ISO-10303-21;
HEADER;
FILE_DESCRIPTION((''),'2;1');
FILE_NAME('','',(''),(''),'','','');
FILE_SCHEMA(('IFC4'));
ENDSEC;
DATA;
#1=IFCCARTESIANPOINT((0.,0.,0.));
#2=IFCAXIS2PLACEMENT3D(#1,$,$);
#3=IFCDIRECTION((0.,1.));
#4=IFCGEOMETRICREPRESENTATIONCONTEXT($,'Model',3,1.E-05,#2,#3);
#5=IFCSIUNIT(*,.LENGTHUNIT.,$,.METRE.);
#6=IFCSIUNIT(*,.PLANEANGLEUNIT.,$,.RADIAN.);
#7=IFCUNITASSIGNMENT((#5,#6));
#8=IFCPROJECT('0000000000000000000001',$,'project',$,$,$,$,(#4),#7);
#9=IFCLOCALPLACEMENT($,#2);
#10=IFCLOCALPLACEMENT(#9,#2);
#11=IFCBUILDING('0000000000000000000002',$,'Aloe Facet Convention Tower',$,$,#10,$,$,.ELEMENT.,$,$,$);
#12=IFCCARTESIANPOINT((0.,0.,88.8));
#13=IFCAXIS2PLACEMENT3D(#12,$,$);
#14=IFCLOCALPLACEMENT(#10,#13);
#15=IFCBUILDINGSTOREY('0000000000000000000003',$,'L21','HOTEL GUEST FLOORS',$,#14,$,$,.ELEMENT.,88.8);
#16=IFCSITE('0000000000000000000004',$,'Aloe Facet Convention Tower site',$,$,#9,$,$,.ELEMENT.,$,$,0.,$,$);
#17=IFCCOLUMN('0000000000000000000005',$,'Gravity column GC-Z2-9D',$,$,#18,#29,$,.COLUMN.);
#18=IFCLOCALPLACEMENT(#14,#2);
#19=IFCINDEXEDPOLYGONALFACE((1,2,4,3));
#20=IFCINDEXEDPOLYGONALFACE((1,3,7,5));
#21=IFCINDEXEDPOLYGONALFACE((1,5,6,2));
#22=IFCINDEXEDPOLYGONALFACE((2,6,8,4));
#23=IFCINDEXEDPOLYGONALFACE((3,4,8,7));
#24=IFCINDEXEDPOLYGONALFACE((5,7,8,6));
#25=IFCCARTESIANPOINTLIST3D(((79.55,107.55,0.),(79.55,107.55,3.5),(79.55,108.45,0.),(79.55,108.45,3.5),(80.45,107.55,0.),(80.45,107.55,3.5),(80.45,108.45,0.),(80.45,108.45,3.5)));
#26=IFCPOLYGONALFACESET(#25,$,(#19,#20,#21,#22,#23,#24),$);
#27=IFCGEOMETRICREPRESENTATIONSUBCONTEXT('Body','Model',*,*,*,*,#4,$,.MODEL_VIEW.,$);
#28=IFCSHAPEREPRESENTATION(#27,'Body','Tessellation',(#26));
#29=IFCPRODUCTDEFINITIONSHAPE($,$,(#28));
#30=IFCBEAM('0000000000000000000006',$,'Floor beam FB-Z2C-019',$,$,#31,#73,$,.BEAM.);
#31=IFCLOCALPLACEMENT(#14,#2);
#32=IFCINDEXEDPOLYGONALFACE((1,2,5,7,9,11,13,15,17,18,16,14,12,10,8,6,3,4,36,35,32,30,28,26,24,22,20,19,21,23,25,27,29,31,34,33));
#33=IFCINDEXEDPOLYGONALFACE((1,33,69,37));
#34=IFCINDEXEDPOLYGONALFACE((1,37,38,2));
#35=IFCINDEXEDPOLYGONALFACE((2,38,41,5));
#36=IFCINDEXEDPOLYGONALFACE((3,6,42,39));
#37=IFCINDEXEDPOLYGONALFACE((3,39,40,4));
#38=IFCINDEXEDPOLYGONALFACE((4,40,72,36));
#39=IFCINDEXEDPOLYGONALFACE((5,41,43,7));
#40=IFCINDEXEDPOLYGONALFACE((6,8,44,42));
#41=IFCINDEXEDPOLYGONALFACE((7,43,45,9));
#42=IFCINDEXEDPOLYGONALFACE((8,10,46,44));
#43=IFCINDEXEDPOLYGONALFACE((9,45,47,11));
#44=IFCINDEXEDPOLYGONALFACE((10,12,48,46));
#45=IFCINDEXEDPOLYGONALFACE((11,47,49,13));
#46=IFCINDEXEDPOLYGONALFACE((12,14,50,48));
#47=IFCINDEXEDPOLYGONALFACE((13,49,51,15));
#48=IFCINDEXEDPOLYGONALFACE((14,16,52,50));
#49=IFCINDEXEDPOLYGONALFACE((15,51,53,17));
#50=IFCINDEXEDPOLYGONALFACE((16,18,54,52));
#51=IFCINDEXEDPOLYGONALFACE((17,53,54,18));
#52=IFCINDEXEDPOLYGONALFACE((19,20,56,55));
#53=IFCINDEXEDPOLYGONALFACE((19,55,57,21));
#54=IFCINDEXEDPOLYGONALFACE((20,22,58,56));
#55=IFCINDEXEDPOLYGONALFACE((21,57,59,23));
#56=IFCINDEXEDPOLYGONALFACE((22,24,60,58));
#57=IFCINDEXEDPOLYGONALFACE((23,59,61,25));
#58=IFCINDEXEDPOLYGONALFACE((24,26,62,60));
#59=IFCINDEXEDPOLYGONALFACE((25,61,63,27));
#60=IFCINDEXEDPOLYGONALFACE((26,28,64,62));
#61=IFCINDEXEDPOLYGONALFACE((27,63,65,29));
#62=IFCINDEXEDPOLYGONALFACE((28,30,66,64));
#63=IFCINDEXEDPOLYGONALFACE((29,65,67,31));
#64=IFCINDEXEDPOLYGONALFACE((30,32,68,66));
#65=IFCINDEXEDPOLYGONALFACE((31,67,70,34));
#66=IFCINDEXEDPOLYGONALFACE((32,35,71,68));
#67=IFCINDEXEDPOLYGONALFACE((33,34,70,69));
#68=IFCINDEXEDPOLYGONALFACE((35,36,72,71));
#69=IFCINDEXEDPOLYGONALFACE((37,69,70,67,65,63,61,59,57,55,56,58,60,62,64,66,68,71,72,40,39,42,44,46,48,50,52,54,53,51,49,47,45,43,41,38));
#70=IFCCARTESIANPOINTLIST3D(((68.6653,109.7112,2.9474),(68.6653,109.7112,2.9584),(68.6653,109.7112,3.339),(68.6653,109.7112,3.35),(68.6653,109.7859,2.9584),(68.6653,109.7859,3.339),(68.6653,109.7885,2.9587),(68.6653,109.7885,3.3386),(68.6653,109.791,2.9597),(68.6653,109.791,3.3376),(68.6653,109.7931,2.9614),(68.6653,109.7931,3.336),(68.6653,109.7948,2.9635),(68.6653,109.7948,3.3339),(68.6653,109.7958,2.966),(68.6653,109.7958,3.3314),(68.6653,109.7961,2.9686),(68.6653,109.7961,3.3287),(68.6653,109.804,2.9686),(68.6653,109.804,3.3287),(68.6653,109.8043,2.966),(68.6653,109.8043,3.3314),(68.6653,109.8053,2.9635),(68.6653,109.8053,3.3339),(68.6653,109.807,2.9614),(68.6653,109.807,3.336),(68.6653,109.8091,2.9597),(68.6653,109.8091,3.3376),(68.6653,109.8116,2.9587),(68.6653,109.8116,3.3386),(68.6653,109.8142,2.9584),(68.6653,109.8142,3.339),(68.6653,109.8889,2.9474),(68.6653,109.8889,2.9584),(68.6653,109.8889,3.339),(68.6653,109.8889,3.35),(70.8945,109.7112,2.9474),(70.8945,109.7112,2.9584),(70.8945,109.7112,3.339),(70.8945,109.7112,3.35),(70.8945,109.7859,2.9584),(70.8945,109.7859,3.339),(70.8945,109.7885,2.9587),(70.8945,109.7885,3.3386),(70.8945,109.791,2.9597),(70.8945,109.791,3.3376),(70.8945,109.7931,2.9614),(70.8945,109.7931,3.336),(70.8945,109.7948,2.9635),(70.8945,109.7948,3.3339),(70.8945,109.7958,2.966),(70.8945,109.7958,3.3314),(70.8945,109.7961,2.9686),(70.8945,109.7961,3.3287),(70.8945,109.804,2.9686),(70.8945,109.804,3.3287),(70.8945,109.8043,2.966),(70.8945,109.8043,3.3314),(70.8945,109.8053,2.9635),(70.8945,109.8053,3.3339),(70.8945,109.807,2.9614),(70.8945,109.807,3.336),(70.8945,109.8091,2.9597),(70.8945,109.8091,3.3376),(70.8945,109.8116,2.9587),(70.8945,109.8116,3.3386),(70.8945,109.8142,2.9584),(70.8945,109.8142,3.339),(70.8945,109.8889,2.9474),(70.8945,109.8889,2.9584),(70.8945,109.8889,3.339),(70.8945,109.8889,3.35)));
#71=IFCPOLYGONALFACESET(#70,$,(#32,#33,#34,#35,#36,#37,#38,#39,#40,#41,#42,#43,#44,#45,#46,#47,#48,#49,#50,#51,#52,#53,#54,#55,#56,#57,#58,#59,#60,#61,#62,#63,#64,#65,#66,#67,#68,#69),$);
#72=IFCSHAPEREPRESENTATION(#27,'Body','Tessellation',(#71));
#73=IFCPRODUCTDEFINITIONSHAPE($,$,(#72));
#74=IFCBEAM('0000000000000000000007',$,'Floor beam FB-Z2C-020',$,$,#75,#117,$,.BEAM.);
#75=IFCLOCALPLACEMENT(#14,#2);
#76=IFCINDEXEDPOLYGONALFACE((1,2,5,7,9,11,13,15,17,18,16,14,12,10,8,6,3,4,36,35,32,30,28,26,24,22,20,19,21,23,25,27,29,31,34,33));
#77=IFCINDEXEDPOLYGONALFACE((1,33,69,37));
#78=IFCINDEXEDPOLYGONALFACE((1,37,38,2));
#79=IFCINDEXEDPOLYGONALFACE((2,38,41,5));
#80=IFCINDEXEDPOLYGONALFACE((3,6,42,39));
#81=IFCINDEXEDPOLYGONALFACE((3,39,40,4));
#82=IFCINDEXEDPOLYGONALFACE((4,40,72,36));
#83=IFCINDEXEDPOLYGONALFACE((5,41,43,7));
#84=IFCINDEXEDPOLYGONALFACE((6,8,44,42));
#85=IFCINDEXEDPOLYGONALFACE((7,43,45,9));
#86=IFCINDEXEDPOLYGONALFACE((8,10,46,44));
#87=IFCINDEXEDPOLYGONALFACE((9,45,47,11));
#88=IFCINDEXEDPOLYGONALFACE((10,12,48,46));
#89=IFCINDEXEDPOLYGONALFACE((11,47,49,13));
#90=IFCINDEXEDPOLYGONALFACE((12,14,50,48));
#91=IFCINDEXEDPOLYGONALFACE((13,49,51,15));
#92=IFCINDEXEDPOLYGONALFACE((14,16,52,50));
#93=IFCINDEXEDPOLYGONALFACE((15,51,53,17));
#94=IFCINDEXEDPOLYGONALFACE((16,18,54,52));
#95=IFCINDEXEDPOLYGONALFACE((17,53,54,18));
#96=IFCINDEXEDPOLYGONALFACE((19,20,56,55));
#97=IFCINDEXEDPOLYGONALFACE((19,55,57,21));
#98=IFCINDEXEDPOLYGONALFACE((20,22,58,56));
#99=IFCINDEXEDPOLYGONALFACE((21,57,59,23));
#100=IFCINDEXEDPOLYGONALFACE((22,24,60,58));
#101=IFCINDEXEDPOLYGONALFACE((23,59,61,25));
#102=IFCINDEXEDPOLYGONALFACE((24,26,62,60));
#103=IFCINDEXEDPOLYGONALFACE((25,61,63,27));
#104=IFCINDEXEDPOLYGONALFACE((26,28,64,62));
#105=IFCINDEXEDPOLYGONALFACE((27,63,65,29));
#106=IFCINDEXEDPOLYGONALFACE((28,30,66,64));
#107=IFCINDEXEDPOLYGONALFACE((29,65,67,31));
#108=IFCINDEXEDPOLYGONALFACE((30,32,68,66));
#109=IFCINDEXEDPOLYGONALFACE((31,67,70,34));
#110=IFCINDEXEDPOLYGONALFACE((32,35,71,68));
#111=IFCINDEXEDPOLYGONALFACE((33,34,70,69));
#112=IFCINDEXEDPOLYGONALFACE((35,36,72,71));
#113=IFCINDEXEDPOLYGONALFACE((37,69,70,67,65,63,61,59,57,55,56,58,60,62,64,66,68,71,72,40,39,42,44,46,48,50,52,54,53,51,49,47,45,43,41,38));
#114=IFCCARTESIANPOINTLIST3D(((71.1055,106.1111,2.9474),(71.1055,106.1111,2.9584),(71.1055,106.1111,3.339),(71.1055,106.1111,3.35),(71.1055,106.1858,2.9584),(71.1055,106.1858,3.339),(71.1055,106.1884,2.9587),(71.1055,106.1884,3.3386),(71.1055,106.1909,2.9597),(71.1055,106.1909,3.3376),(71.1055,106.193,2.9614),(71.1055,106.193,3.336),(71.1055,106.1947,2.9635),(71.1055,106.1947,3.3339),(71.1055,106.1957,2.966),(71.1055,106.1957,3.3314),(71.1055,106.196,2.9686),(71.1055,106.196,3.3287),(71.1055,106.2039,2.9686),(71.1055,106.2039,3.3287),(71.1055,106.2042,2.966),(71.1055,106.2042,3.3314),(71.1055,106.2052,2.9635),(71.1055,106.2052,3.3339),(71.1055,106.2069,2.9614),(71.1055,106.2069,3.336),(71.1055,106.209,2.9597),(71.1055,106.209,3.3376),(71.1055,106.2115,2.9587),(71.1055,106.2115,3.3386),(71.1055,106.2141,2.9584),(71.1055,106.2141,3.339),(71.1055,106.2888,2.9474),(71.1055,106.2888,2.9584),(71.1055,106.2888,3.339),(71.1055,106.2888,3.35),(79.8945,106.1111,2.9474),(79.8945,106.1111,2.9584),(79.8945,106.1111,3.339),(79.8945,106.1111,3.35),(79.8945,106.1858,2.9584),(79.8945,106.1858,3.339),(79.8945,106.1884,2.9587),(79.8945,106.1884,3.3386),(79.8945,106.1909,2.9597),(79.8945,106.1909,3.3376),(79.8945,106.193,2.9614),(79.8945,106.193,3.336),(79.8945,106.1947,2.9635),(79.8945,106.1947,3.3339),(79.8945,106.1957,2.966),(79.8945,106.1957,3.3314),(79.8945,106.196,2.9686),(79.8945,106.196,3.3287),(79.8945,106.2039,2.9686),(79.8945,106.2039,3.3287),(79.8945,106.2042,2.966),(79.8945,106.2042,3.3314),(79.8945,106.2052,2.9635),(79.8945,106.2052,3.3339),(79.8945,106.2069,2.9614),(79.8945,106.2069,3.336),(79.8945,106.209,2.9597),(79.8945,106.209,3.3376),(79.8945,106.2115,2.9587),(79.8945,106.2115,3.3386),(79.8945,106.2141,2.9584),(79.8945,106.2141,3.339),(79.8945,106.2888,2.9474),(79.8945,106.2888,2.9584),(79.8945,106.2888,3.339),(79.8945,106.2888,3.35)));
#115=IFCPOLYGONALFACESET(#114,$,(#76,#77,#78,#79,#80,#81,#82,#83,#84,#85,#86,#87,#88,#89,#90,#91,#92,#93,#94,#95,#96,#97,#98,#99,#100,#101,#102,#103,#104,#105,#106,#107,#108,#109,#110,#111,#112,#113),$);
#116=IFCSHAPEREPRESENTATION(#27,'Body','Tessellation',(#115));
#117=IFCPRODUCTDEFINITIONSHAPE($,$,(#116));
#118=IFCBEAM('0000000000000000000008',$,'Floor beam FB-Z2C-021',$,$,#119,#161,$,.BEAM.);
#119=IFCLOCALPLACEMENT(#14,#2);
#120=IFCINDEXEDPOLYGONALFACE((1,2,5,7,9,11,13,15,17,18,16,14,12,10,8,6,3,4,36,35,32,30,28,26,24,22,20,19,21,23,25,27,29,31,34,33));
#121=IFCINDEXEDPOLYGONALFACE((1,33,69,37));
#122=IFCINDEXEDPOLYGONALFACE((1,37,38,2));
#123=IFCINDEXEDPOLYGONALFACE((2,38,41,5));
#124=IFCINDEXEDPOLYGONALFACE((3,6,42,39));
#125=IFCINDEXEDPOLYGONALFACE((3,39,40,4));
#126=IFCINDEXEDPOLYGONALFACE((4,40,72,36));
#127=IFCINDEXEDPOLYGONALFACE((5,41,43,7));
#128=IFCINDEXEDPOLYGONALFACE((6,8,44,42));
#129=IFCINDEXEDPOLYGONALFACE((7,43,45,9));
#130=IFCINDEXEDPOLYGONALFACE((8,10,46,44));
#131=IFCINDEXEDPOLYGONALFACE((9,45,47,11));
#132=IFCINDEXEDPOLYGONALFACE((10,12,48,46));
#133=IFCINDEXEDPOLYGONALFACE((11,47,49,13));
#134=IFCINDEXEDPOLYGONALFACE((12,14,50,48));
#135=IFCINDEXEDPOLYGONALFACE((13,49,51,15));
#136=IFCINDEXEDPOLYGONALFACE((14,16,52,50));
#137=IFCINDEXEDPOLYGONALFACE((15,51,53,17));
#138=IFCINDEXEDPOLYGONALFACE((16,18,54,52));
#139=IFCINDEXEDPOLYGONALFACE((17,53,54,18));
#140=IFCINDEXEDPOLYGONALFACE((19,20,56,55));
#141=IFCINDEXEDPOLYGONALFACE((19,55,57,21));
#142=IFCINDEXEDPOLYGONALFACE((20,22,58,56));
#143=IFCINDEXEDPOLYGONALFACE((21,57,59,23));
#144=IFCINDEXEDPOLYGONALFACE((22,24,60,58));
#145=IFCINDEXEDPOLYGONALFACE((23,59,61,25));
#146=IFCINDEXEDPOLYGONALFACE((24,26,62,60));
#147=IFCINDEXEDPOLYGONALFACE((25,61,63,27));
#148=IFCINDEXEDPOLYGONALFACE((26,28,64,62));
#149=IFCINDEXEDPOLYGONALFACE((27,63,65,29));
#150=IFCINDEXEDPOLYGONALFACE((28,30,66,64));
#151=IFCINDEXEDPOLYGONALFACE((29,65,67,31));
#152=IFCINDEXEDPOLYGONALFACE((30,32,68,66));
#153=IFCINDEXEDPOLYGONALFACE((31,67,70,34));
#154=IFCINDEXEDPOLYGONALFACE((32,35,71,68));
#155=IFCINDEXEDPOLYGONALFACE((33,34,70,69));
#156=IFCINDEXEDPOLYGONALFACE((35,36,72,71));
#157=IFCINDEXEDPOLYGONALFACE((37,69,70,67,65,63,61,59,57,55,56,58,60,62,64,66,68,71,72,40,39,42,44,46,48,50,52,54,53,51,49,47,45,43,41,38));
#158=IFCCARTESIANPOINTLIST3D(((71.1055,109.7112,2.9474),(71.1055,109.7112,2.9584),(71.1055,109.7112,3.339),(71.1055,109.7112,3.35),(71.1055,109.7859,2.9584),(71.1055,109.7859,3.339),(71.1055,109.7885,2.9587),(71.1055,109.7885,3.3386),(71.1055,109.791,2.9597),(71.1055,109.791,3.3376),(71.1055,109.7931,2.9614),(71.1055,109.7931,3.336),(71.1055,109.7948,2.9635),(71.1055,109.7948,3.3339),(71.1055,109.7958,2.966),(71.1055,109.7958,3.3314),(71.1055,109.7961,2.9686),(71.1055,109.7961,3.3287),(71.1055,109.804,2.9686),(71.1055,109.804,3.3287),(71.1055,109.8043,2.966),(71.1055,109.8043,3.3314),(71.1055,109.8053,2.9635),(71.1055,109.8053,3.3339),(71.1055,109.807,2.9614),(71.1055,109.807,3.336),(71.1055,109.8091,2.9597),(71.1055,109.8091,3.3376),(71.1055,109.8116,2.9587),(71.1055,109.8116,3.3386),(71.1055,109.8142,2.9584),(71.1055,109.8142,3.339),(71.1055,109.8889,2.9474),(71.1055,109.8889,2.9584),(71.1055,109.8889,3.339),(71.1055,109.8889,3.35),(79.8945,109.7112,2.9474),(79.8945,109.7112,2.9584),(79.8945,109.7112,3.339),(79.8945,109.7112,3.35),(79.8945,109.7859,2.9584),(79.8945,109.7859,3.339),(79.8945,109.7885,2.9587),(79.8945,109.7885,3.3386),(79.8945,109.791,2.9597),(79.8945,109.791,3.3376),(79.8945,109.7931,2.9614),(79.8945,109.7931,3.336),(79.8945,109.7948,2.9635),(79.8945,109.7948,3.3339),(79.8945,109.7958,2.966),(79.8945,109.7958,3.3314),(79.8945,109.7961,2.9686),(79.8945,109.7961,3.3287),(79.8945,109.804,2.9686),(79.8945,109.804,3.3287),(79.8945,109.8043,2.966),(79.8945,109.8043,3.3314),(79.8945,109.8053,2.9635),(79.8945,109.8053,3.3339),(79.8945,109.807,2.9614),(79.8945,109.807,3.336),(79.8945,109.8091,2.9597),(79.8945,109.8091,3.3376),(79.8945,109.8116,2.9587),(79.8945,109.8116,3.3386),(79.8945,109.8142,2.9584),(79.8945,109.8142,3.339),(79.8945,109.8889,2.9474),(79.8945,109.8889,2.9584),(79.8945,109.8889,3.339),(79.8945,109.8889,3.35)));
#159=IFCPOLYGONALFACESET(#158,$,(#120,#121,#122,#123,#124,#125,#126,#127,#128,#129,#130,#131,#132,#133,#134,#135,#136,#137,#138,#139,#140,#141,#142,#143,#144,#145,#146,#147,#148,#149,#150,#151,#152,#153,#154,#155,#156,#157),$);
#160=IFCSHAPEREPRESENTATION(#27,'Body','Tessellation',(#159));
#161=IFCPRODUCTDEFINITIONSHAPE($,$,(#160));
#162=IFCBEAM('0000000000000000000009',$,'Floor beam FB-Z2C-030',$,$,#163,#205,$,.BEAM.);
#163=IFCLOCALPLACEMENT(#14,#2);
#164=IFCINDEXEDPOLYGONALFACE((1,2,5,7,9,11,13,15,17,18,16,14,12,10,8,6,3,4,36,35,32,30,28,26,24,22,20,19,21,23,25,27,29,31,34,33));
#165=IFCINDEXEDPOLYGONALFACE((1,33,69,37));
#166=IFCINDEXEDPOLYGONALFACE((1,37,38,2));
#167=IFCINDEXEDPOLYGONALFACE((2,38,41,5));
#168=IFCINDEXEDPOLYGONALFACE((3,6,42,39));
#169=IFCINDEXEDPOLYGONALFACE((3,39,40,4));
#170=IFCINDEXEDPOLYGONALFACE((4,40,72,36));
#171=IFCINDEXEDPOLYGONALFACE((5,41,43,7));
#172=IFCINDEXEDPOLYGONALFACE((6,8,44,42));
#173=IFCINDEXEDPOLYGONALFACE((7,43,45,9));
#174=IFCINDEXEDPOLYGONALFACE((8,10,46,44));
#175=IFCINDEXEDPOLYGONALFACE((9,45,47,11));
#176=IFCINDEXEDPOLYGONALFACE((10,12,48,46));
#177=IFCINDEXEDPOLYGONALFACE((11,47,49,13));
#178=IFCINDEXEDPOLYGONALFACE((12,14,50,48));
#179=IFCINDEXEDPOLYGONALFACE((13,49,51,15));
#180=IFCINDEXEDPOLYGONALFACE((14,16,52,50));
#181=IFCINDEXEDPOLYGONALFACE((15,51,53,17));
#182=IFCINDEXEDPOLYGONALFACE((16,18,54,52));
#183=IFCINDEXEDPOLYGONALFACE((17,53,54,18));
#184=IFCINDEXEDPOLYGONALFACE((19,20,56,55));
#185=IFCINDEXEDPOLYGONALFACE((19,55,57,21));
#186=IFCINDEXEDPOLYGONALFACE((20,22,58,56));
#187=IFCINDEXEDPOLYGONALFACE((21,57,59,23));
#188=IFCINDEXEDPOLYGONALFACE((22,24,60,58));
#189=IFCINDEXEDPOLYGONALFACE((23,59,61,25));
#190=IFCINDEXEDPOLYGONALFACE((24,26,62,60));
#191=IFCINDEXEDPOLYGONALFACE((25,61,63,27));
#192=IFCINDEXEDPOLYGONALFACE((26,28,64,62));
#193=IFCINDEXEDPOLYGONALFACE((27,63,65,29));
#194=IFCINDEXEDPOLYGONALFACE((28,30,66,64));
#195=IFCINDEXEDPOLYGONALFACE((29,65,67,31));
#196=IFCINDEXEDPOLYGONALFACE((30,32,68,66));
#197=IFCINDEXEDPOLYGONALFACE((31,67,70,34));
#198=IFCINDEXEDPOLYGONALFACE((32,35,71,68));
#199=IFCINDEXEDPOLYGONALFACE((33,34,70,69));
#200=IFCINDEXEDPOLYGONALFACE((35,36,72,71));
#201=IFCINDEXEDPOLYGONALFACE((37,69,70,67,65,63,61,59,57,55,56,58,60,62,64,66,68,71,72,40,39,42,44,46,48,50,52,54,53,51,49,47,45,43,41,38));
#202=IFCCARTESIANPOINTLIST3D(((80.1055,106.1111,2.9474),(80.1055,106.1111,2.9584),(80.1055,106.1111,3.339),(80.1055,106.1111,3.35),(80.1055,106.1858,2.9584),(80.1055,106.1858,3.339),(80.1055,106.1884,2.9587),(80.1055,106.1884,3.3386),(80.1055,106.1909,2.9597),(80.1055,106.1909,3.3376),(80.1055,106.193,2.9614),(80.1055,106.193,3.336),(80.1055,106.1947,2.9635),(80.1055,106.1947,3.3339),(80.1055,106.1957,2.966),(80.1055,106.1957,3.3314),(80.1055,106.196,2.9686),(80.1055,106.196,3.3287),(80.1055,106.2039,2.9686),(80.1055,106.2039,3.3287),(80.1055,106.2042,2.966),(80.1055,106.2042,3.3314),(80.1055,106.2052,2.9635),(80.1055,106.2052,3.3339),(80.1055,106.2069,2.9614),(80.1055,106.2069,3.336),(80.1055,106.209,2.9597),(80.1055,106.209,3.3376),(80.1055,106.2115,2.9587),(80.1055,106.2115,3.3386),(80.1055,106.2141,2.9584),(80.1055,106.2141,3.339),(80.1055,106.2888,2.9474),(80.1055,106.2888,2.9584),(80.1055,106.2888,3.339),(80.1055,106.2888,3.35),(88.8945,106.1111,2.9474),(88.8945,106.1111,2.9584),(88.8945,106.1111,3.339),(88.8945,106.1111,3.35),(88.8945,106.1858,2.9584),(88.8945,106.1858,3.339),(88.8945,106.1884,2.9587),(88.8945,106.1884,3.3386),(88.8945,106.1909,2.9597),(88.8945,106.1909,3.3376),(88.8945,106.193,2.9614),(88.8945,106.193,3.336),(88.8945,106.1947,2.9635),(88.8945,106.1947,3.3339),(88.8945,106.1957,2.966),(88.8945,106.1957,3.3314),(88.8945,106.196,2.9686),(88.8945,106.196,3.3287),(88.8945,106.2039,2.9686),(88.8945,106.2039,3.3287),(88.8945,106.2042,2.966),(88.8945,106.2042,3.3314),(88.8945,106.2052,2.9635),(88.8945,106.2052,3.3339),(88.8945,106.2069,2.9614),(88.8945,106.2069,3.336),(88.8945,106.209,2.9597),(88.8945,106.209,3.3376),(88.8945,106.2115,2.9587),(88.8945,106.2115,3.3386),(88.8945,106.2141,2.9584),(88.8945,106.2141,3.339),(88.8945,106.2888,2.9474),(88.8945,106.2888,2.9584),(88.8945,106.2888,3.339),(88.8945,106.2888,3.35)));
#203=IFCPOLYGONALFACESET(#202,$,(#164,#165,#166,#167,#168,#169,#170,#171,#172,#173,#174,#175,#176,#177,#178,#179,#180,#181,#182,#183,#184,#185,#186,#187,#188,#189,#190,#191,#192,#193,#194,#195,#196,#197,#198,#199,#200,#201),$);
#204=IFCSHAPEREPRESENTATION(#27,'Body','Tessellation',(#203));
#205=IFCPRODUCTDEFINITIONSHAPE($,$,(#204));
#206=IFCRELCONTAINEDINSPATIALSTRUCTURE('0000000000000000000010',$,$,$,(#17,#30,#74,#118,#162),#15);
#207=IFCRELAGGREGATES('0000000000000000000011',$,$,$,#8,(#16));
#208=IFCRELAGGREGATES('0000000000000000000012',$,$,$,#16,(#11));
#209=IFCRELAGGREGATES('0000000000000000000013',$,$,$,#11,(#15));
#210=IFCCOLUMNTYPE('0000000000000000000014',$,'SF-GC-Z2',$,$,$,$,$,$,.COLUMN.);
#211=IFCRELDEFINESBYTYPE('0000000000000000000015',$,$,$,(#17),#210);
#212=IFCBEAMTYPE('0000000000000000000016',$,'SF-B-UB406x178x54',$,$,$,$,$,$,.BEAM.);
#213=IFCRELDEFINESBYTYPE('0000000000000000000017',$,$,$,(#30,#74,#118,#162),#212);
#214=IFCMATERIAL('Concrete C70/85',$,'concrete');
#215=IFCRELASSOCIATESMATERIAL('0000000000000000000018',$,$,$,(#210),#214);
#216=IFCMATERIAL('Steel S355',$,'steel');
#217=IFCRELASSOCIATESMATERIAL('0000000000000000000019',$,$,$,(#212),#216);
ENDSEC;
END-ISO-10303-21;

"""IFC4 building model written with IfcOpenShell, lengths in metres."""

from ifc_helpers import new_model, si_unit, direction, frame, origin, origin_2d, place, context, subcontext, project, spatial, rectangle, i_section, extrude, material, material_profile, profile_set, type_object, element, save


model = new_model("IFC4")

# Units and contexts
model_context = context("Model", 3, precision=1e-05, world=origin(), true_north=direction((0.0, 1.0)))
body_context = subcontext(model_context, "Body", "Model", "MODEL_VIEW")
ifc_project = project(units=[si_unit("LENGTHUNIT", "METRE"), si_unit("PLANEANGLEUNIT", "RADIAN")], contexts=[model_context])

# Site, building, storey
site_placement = place(None, origin())
site = spatial("IfcSite", under=ifc_project, at=site_placement, Name="Aloe Facet Convention Tower site", CompositionType="ELEMENT", RefElevation=0.0)
building_placement = place(site_placement, origin())
building = spatial("IfcBuilding", under=site, at=building_placement, Name="Aloe Facet Convention Tower", CompositionType="ELEMENT")
storey_placement = place(building_placement, frame((0.0, 0.0, 88.8)))
storey = spatial("IfcBuildingStorey", under=building, at=storey_placement, Name="L21", Description="HOTEL GUEST FLOORS", CompositionType="ELEMENT", Elevation=88.8)

# Column
ifc_material_1 = material(Name="Concrete C70/85", Category="concrete")
ifc_material_profile_1 = material_profile(ifc_material_1, rectangle(XDim=0.8999, YDim=0.8999, at=origin_2d()), Name="SF-GC-Z2")
ifc_profile_set_1 = profile_set([ifc_material_profile_1], Name="Concrete C70/85")
column_type = type_object("IfcColumnType", Name="SF-GC-Z2", PredefinedType="COLUMN", material=ifc_profile_set_1)
column_placement = place(storey_placement, frame((80.0, 108.0, 0.0), z_axis=(0.0, 0.0, 1.0), x_axis=(1.0, 0.0, 0.0)))
element("IfcColumn", 1, at=column_placement, inside=storey, type_object=column_type, Name="Gravity column GC-Z2-9D", PredefinedType="COLUMN", context=body_context, shape_type="SweptSolid", body=[
    extrude(rectangle(XDim=0.8999, YDim=0.8999, at=origin_2d()), origin(), (0.0, 0.0, 1.0), 3.5),
])

# Beams
ifc_material_2 = material(Name="Steel S355", Category="steel")
ifc_material_profile_2 = material_profile(ifc_material_2, i_section(OverallWidth=0.1777, OverallDepth=0.4026, WebThickness=0.0078, FlangeThickness=0.011, FilletRadius=0.0103, at=origin_2d()), Name="UB 406x178x54")
ifc_profile_set_2 = profile_set([ifc_material_profile_2], Name="Steel S355")
beam_type_1 = type_object("IfcBeamType", Name="SF-B-UB406x178x54", PredefinedType="BEAM", material=ifc_profile_set_2)
beam_1_placement = place(storey_placement, frame((68.6653, 109.8, 3.1487), z_axis=(1.0, 0.0, 0.0), x_axis=(0.0, 1.0, 0.0)))
element("IfcBeam", 2, at=beam_1_placement, inside=storey, type_object=beam_type_1, Name="Floor beam FB-Z2C-019", PredefinedType="BEAM", context=body_context, shape_type="SweptSolid", body=[
    extrude(i_section(OverallWidth=0.1777, OverallDepth=0.4026, WebThickness=0.0078, FlangeThickness=0.011, FilletRadius=0.0103, at=origin_2d()), origin(), (0.0, 0.0, 1.0), 2.2292),
])
for number, where, z_axis, x_axis, name in (
    (3, (71.1055, 106.2, 3.1487), (1.0, 0.0, 0.0), (0.0, 1.0, 0.0), "Floor beam FB-Z2C-020"),
    (4, (71.1055, 109.8, 3.1487), (1.0, 0.0, 0.0), (0.0, 1.0, 0.0), "Floor beam FB-Z2C-021"),
    (5, (80.1055, 106.2, 3.1487), (1.0, 0.0, 0.0), (0.0, 1.0, 0.0), "Floor beam FB-Z2C-030"),
):
    element("IfcBeam", number, at=place(storey_placement, frame(where, z_axis=z_axis, x_axis=x_axis)), inside=storey, type_object=beam_type_1, Name=name, PredefinedType="BEAM", context=body_context, shape_type="SweptSolid", body=[
        extrude(i_section(OverallWidth=0.1777, OverallDepth=0.4026, WebThickness=0.0078, FlangeThickness=0.011, FilletRadius=0.0103, at=origin_2d()), origin(), (0.0, 0.0, 1.0), 8.7891),
    ])

save(model, "model.ifc")
